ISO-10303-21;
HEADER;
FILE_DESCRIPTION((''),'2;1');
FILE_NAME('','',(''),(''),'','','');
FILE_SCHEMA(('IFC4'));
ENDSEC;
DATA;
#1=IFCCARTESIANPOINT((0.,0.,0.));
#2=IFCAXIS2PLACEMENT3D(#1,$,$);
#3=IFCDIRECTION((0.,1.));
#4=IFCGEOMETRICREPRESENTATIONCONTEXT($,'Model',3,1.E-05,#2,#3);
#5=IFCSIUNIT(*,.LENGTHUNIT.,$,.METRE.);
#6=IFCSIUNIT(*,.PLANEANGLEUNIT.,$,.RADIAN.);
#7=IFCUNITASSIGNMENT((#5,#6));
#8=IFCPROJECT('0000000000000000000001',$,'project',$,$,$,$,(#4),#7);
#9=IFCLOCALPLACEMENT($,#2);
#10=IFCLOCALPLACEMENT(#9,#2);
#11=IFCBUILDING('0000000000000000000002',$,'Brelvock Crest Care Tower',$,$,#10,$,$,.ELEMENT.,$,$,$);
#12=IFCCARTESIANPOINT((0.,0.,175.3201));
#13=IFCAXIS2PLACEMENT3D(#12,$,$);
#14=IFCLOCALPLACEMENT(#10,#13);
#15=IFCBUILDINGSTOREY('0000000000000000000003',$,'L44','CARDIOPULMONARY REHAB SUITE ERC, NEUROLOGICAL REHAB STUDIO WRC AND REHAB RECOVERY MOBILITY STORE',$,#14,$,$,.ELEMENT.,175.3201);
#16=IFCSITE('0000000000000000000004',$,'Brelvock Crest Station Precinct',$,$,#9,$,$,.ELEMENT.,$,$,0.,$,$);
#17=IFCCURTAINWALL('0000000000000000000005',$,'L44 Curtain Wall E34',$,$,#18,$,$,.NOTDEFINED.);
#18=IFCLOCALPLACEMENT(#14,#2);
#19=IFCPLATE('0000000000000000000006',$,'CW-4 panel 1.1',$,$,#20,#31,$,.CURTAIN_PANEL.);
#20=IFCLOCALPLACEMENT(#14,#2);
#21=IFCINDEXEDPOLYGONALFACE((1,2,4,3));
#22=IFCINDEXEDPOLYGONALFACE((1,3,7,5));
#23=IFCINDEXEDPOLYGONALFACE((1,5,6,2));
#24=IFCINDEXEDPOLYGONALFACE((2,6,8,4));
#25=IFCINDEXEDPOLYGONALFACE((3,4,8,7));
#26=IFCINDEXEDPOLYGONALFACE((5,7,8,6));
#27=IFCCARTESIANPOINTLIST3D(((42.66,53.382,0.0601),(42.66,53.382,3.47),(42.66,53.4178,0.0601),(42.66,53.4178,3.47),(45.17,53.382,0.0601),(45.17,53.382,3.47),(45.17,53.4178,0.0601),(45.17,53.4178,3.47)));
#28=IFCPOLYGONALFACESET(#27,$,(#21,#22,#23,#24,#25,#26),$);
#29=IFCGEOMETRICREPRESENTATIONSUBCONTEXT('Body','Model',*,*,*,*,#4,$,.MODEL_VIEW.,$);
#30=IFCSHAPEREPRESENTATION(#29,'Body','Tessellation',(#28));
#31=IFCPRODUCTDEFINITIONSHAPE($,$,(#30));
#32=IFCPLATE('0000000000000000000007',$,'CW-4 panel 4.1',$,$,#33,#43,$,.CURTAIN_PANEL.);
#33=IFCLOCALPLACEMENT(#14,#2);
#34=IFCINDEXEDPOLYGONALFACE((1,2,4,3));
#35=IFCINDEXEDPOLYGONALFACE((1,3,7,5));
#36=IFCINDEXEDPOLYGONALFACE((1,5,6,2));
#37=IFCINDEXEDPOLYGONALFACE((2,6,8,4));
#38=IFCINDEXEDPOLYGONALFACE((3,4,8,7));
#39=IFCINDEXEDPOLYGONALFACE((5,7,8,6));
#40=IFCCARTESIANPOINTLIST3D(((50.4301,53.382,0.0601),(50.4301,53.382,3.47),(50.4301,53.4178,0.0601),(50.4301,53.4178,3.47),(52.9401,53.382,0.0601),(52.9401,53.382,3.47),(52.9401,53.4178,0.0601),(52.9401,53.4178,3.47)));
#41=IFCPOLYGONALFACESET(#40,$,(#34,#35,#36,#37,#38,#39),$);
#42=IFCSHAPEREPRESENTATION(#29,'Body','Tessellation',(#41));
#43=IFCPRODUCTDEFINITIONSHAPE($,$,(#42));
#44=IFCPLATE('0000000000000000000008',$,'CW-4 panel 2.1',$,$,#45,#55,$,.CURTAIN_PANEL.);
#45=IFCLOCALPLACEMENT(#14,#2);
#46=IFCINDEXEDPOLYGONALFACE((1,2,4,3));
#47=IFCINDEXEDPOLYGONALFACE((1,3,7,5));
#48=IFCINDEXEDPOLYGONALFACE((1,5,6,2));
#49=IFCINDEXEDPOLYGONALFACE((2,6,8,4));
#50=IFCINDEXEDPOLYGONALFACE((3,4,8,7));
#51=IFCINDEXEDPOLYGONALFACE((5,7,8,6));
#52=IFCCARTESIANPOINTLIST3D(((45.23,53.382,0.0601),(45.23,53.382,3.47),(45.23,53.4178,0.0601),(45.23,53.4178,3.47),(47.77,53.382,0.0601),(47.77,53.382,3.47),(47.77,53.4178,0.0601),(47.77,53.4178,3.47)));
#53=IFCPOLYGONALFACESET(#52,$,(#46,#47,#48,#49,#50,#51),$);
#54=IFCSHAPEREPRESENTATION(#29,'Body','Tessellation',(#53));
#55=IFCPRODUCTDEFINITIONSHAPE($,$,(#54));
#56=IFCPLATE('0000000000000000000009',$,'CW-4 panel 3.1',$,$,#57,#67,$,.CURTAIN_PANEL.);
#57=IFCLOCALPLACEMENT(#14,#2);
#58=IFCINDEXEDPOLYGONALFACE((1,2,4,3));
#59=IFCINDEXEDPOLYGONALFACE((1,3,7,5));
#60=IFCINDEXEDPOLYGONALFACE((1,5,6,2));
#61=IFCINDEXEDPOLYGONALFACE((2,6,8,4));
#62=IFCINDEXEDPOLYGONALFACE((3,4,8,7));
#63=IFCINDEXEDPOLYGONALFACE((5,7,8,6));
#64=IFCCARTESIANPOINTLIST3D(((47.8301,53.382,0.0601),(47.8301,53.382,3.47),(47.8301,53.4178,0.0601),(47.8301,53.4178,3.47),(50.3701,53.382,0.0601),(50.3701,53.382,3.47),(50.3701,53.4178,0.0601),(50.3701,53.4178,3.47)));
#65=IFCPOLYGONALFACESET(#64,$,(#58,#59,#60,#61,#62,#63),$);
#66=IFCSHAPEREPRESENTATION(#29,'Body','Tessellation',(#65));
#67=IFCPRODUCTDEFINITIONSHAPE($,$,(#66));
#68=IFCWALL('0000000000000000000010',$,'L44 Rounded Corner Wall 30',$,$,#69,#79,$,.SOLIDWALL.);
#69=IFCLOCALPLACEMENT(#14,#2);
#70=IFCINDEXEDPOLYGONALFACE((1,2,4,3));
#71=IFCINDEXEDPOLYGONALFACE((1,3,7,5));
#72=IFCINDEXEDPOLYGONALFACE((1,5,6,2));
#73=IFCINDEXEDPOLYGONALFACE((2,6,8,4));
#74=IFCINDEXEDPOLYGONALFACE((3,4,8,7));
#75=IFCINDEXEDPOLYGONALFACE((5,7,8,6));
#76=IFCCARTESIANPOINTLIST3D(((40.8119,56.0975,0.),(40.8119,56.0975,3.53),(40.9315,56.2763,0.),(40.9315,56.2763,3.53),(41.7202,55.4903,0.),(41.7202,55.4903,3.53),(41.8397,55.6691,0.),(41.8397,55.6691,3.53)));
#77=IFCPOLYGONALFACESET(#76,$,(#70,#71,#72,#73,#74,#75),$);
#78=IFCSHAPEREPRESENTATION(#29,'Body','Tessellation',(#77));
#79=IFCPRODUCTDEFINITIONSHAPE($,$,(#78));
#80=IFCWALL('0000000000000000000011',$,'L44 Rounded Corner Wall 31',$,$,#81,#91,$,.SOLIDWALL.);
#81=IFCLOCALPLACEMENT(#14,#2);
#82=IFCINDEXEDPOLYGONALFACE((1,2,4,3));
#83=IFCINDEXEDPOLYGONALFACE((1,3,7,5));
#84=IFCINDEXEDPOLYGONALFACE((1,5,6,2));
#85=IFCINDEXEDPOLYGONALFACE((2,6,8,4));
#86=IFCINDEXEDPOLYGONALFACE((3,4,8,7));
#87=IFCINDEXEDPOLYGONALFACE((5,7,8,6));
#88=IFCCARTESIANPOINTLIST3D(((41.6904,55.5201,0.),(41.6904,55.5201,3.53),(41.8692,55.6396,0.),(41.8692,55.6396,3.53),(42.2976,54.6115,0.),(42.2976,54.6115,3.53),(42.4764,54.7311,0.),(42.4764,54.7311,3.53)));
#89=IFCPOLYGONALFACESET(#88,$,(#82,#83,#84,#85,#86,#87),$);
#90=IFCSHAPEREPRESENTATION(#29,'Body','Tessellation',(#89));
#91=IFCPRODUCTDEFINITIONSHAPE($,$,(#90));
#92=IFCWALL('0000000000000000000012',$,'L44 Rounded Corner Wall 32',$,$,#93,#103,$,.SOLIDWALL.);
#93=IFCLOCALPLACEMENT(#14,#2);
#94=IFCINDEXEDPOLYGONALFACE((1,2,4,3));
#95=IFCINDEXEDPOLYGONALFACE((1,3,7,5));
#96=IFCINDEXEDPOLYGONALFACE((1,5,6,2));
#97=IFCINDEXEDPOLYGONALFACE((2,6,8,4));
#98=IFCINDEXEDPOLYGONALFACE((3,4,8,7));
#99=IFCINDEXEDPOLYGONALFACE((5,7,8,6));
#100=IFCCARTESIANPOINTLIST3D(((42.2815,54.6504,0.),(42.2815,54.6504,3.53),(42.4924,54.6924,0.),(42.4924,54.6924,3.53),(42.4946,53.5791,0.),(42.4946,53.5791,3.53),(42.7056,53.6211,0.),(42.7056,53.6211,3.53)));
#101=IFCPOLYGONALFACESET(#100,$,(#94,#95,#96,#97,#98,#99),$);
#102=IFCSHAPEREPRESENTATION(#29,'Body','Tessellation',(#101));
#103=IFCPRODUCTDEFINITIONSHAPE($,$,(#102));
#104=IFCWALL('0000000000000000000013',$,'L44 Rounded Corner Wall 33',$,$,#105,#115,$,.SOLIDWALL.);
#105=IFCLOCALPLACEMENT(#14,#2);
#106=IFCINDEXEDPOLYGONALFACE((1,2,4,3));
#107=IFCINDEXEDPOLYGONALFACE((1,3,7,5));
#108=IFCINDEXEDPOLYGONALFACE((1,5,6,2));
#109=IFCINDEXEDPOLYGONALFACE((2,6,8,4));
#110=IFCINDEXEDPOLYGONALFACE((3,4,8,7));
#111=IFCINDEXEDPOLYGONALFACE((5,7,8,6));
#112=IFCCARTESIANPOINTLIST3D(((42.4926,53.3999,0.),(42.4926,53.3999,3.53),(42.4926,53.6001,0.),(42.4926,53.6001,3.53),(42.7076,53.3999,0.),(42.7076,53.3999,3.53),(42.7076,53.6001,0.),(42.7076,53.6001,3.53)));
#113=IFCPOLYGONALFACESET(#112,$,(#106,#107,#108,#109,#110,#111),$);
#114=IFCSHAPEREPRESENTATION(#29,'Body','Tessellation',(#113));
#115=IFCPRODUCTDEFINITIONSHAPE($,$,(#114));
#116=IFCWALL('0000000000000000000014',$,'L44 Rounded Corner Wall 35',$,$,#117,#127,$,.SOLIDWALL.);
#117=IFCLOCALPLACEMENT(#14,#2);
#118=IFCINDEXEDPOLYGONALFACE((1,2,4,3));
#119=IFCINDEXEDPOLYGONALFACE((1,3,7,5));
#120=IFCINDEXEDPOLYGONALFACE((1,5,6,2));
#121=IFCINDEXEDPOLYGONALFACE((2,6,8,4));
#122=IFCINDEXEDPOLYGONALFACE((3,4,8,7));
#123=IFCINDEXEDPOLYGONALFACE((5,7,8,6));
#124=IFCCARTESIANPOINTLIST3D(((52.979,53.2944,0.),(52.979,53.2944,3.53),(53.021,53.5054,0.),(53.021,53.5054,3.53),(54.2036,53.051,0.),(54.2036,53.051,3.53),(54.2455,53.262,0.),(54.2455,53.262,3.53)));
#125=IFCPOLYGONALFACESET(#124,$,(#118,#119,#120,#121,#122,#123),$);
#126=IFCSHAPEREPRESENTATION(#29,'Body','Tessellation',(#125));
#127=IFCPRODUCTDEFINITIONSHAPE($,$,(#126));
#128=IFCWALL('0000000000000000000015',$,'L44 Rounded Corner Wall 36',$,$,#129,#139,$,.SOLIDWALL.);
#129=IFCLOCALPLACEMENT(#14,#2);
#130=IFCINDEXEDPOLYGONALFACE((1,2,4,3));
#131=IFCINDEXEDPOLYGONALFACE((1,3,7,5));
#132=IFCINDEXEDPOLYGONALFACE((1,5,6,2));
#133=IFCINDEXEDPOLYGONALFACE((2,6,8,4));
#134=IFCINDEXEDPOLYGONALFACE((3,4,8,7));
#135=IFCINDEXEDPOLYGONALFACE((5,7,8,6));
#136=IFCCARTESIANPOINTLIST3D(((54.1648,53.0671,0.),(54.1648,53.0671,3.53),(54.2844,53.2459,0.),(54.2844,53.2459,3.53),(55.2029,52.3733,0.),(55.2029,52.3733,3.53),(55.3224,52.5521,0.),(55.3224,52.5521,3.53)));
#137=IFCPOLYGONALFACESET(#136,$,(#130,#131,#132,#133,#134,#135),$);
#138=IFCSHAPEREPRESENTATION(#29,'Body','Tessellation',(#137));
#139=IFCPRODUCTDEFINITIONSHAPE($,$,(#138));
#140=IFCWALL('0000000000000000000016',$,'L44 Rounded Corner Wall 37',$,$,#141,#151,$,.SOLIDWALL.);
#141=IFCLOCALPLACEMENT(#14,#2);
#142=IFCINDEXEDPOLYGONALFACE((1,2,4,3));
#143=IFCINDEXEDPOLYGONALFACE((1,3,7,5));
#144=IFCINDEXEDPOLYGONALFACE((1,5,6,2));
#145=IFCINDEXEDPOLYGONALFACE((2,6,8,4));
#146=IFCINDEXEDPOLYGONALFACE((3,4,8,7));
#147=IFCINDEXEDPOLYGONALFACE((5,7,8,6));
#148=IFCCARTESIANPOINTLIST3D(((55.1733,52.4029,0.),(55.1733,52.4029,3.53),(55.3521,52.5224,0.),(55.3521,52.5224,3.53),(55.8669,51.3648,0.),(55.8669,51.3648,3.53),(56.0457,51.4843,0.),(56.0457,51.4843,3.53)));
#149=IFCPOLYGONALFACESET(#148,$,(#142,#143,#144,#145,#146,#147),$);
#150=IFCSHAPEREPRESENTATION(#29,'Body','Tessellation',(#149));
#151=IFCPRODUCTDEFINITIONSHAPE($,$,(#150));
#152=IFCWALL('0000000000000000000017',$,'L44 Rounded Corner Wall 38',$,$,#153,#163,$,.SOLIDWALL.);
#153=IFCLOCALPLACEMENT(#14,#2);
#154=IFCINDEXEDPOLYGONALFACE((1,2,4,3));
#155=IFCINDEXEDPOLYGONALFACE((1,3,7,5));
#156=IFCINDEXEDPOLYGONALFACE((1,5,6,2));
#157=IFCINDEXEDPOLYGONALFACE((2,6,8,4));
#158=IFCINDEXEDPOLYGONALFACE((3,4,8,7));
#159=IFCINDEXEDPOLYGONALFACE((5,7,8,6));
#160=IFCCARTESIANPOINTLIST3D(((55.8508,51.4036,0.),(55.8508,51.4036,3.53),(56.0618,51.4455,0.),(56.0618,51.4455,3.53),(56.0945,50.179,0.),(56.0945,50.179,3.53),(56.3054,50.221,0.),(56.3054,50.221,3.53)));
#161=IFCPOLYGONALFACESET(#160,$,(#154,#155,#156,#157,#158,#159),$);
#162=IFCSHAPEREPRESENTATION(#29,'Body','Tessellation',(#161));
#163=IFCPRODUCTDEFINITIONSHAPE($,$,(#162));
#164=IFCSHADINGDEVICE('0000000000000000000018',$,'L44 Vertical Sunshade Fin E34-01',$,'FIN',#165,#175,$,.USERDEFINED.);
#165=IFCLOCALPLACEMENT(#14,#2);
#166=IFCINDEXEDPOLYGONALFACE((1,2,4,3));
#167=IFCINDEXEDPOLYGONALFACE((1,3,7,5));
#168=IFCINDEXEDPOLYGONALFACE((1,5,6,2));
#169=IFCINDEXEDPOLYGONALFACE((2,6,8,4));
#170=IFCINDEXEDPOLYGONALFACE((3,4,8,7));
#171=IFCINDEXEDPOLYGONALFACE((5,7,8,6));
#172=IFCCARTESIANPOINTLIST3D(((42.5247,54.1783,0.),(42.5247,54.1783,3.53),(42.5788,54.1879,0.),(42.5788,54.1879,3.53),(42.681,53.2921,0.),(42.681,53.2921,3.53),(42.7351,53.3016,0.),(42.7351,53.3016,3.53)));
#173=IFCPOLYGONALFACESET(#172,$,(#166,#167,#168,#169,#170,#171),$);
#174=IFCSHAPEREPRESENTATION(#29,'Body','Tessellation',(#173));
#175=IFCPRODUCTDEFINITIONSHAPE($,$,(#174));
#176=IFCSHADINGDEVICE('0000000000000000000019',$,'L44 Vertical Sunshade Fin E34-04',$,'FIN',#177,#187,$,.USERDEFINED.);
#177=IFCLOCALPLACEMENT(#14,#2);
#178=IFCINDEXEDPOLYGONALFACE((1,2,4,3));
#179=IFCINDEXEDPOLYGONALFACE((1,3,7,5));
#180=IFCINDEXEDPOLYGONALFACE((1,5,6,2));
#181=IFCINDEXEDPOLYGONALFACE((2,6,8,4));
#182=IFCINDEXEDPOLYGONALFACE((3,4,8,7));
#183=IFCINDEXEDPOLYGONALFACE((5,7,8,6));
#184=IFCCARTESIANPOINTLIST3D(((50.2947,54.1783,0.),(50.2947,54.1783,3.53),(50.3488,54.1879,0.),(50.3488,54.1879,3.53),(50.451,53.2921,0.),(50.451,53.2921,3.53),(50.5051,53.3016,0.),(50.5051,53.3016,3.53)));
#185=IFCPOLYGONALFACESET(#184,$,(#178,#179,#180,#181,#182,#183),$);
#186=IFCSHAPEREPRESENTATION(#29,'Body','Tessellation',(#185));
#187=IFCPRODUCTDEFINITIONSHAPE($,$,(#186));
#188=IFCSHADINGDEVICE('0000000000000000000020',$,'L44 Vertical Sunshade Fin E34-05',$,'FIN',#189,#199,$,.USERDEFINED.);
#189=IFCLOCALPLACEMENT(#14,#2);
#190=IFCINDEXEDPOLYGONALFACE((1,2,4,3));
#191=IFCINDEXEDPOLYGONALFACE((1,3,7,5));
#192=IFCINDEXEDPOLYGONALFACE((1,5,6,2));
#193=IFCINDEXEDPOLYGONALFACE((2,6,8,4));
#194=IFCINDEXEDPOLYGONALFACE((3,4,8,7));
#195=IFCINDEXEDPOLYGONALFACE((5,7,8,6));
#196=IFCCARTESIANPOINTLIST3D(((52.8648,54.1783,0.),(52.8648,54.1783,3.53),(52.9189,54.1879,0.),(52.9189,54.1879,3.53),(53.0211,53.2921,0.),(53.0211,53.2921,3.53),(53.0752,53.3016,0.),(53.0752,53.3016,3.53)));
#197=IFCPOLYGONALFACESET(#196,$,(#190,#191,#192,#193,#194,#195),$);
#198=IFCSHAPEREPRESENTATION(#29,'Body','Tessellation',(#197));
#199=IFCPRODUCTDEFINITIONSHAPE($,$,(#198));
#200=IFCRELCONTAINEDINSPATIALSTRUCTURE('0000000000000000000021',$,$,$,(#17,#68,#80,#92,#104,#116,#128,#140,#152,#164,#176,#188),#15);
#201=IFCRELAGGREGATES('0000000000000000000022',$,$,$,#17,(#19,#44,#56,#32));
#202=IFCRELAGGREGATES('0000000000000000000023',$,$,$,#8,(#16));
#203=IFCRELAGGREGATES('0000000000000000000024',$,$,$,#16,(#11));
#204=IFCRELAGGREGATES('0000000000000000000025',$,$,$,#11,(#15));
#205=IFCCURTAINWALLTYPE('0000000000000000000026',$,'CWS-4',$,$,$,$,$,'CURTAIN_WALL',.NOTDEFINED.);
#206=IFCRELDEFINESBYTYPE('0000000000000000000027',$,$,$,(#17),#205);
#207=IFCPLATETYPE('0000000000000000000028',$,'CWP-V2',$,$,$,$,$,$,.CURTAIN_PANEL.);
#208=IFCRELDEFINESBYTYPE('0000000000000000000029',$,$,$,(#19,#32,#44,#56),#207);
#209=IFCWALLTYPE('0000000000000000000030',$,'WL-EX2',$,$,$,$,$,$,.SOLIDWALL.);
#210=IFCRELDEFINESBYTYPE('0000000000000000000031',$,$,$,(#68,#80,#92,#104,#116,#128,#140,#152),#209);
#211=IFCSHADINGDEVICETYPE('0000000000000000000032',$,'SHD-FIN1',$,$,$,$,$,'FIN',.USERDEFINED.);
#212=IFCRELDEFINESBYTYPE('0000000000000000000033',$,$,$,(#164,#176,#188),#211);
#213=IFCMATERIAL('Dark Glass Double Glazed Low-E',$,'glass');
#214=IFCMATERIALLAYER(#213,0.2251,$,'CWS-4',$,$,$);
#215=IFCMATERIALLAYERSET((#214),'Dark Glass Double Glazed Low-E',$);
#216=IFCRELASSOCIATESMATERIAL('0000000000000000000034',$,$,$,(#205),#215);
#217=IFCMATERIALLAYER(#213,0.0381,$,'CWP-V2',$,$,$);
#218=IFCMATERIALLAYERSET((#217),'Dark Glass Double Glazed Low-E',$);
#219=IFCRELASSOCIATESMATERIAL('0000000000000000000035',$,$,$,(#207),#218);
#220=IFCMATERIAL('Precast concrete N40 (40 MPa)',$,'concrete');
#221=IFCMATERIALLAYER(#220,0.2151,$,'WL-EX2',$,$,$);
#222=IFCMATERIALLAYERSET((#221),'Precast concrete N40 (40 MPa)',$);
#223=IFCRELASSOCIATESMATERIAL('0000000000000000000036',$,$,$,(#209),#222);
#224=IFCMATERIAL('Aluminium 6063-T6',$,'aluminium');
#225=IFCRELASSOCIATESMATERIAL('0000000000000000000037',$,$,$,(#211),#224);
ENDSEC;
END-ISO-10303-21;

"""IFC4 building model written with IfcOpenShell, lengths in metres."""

from ifc_helpers import new_model, si_unit, direction, frame, frame_2d, origin, origin_2d, place, context, subcontext, project, spatial, rectangle, extrude, source, transform, mapped, material, layer, layer_set, material_profile, profile_set, type_object, element, aggregate, save


model = new_model("IFC4")

# Units and contexts
model_context = context("Model", 3, precision=1e-05, world=origin(), true_north=direction((0.0, 1.0)))
body_context = subcontext(model_context, "Body", "Model", "MODEL_VIEW")
ifc_project = project(units=[si_unit("LENGTHUNIT", "METRE"), si_unit("PLANEANGLEUNIT", "RADIAN")], contexts=[model_context])

# Site, building, storey
site_placement = place(None, origin())
site = spatial("IfcSite", under=ifc_project, at=site_placement, Name="Brelvock Crest Station Precinct", CompositionType="ELEMENT", RefElevation=0.0)
building_placement = place(site_placement, origin())
building = spatial("IfcBuilding", under=site, at=building_placement, Name="Brelvock Crest Care Tower", CompositionType="ELEMENT")
storey_placement = place(building_placement, frame((0.0, 0.0, 175.3201)))
storey = spatial("IfcBuildingStorey", under=building, at=storey_placement, Name="L44", Description="CARDIOPULMONARY REHAB SUITE ERC, NEUROLOGICAL REHAB STUDIO WRC AND REHAB RECOVERY MOBILITY STORE", CompositionType="ELEMENT", Elevation=175.3201)

# Curtain wall
ifc_material_1 = material(Name="Dark Glass Double Glazed Low-E", Category="glass")
ifc_layer_1 = layer(ifc_material_1, 0.2251, Name="CWS-4")
ifc_layer_set_1 = layer_set([ifc_layer_1], Name="Dark Glass Double Glazed Low-E")
curtain_wall_type = type_object("IfcCurtainWallType", Name="CWS-4", ElementType="CURTAIN_WALL", PredefinedType="NOTDEFINED", material=ifc_layer_set_1)
curtain_wall_1_placement = place(storey_placement, origin())
curtain_wall_1 = element("IfcCurtainWall", 1, at=curtain_wall_1_placement, inside=storey, type_object=curtain_wall_type, Name="L44 Curtain Wall E34", PredefinedType="NOTDEFINED")
ifc_material_2 = material(Name="Aluminium 6063-T6", Category="aluminium")

# Plates
ifc_layer_2 = layer(ifc_material_1, 0.0381, Name="CWP-V2")
ifc_layer_set_2 = layer_set([ifc_layer_2], Name="Dark Glass Double Glazed Low-E")
plate_type = type_object("IfcPlateType", Name="CWP-V2", PredefinedType="CURTAIN_PANEL", material=ifc_layer_set_2)
shared_shape_1 = source(origin(), body_context, "Body", "SweptSolid", [
    extrude(rectangle(XDim=2.51, YDim=0.0359, at=origin_2d()), origin(), (0.0, 0.0, 1.0), 3.4099),
])
plate_1_placement = place(storey_placement, frame((43.915, 53.3999, 0.0601), z_axis=(0.0, 0.0, 1.0), x_axis=(1.0, 0.0, 0.0)))
plate_1 = element("IfcPlate", 2, at=plate_1_placement, type_object=plate_type, Name="CW-4 panel 1.1", PredefinedType="CURTAIN_PANEL", context=body_context, shape_type="MappedRepresentation", body=[
    mapped(shared_shape_1, transform((0.0, 0.0, 0.0), x_axis=(1.0, 0.0, 0.0), y_axis=(0.0, 1.0, 0.0), z_axis=(0.0, 0.0, 1.0), scale=1.0)),
])
plate_2_placement = place(storey_placement, frame((51.6851, 53.3999, 0.0601), z_axis=(0.0, 0.0, 1.0), x_axis=(1.0, 0.0, 0.0)))
plate_2 = element("IfcPlate", 3, at=plate_2_placement, type_object=plate_type, Name="CW-4 panel 4.1", PredefinedType="CURTAIN_PANEL", context=body_context, shape_type="MappedRepresentation", body=[
    mapped(shared_shape_1, transform((0.0, 0.0, 0.0), x_axis=(1.0, 0.0, 0.0), y_axis=(0.0, 1.0, 0.0), z_axis=(0.0, 0.0, 1.0), scale=1.0)),
])
shared_shape_2 = source(origin(), body_context, "Body", "SweptSolid", [
    extrude(rectangle(XDim=2.54, YDim=0.0359, at=origin_2d()), origin(), (0.0, 0.0, 1.0), 3.4099),
])
plate_3_placement = place(storey_placement, frame((46.5, 53.3999, 0.0601), z_axis=(0.0, 0.0, 1.0), x_axis=(1.0, 0.0, 0.0)))
plate_3 = element("IfcPlate", 4, at=plate_3_placement, type_object=plate_type, Name="CW-4 panel 2.1", PredefinedType="CURTAIN_PANEL", context=body_context, shape_type="MappedRepresentation", body=[
    mapped(shared_shape_2, transform((0.0, 0.0, 0.0), x_axis=(1.0, 0.0, 0.0), y_axis=(0.0, 1.0, 0.0), z_axis=(0.0, 0.0, 1.0), scale=1.0)),
])
plate_4_placement = place(storey_placement, frame((49.1001, 53.3999, 0.0601), z_axis=(0.0, 0.0, 1.0), x_axis=(1.0, 0.0, 0.0)))
plate_4 = element("IfcPlate", 5, at=plate_4_placement, type_object=plate_type, Name="CW-4 panel 3.1", PredefinedType="CURTAIN_PANEL", context=body_context, shape_type="MappedRepresentation", body=[
    mapped(shared_shape_2, transform((0.0, 0.0, 0.0), x_axis=(1.0, 0.0, 0.0), y_axis=(0.0, 1.0, 0.0), z_axis=(0.0, 0.0, 1.0), scale=1.0)),
])
aggregate(curtain_wall_1, [plate_1, plate_3, plate_4, plate_2])

# Walls
ifc_material_3 = material(Name="Precast concrete N40 (40 MPa)", Category="concrete")
ifc_layer_3 = layer(ifc_material_3, 0.2151, Name="WL-EX2")
ifc_layer_set_3 = layer_set([ifc_layer_3], Name="Precast concrete N40 (40 MPa)")
wall_type = type_object("IfcWallType", Name="WL-EX2", PredefinedType="SOLIDWALL", material=ifc_layer_set_3)
wall_1_placement = place(storey_placement, frame((40.8716, 56.187, 0.0), z_axis=(0.0, 0.0, 1.0), x_axis=(0.831328, -0.555783, 0.0)))
element("IfcWall", 6, at=wall_1_placement, inside=storey, type_object=wall_type, Name="L44 Rounded Corner Wall 30", PredefinedType="SOLIDWALL", context=body_context, shape_type="SweptSolid", body=[
    extrude(rectangle(XDim=1.0925, YDim=0.2151, at=frame_2d((0.5464, 0.0))), origin(), (0.0, 0.0, 1.0), 3.53),
])
wall_2_placement = place(storey_placement, frame((41.7798, 55.5798, 0.0), z_axis=(0.0, 0.0, 1.0), x_axis=(0.555679, -0.831397, 0.0)))
element("IfcWall", 7, at=wall_2_placement, inside=storey, type_object=wall_type, Name="L44 Rounded Corner Wall 31", PredefinedType="SOLIDWALL", context=body_context, shape_type="SweptSolid", body=[
    extrude(rectangle(XDim=1.0928, YDim=0.2151, at=frame_2d((0.5464, 0.0))), origin(), (0.0, 0.0, 1.0), 3.53),
])
wall_3_placement = place(storey_placement, frame((42.387, 54.6714, 0.0), z_axis=(0.0, 0.0, 1.0), x_axis=(0.195127, -0.980778, 0.0)))
element("IfcWall", 8, at=wall_3_placement, inside=storey, type_object=wall_type, Name="L44 Rounded Corner Wall 32", PredefinedType="SOLIDWALL", context=body_context, shape_type="SweptSolid", body=[
    extrude(rectangle(XDim=1.0923, YDim=0.2151, at=frame_2d((0.5461, 0.0))), origin(), (0.0, 0.0, 1.0), 3.53),
])
wall_4_placement = place(storey_placement, frame((42.6001, 53.6001, 0.0), z_axis=(0.0, 0.0, 1.0), x_axis=(0.0, -1.0, 0.0)))
element("IfcWall", 9, at=wall_4_placement, inside=storey, type_object=wall_type, Name="L44 Rounded Corner Wall 33", PredefinedType="SOLIDWALL", context=body_context, shape_type="SweptSolid", body=[
    extrude(rectangle(XDim=0.2002, YDim=0.2151, at=frame_2d((0.1001, 0.0))), origin(), (0.0, 0.0, 1.0), 3.53),
])
for number, where, z_axis, x_axis, name in (
    (10, (53.0, 53.3999, 0.0), (0.0, 0.0, 1.0), (0.980813, -0.19495, 0.0), "L44 Rounded Corner Wall 35"),
    (11, (54.2246, 53.1565, 0.0), (0.0, 0.0, 1.0), (0.831388, -0.555692, 0.0), "L44 Rounded Corner Wall 36"),
    (12, (55.2627, 52.4626, 0.0), (0.0, 0.0, 1.0), (0.555557, -0.831478, 0.0), "L44 Rounded Corner Wall 37"),
    (13, (55.9563, 51.4246, 0.0), (0.0, 0.0, 1.0), (0.195138, -0.980776, 0.0), "L44 Rounded Corner Wall 38"),
):
    element("IfcWall", number, at=place(storey_placement, frame(where, z_axis=z_axis, x_axis=x_axis)), inside=storey, type_object=wall_type, Name=name, PredefinedType="SOLIDWALL", context=body_context, shape_type="SweptSolid", body=[
        extrude(rectangle(XDim=1.2485, YDim=0.2151, at=frame_2d((0.6243, 0.0))), origin(), (0.0, 0.0, 1.0), 3.53),
    ])

# Shading devices
ifc_material_profile_1 = material_profile(ifc_material_2, rectangle(XDim=0.0549, YDim=0.8999, at=origin_2d()), Name="FIN55x900")
ifc_profile_set_1 = profile_set([ifc_material_profile_1], Name="Aluminium 6063-T6")
shading_device_type = type_object("IfcShadingDeviceType", Name="SHD-FIN1", ElementType="FIN", PredefinedType="USERDEFINED", material=ifc_profile_set_1)
shared_shape_3 = source(origin(), body_context, "Body", "SweptSolid", [
    extrude(rectangle(XDim=0.0549, YDim=0.8999, at=origin_2d()), origin(), (0.0, 0.0, 1.0), 3.53),
])
for number, where, z_axis, x_axis, name in (
    (14, (42.6299, 53.74, 0.0), (0.0, 0.0, 1.0), (0.984808, 0.173648, 0.0), "L44 Vertical Sunshade Fin E34-01"),
    (15, (50.3999, 53.74, 0.0), (0.0, 0.0, 1.0), (0.984808, 0.173648, 0.0), "L44 Vertical Sunshade Fin E34-04"),
    (16, (52.97, 53.74, 0.0), (0.0, 0.0, 1.0), (0.984808, 0.173648, 0.0), "L44 Vertical Sunshade Fin E34-05"),
):
    element("IfcShadingDevice", number, at=place(storey_placement, frame(where, z_axis=z_axis, x_axis=x_axis)), inside=storey, type_object=shading_device_type, Name=name, ObjectType="FIN", PredefinedType="USERDEFINED", context=body_context, shape_type="MappedRepresentation", body=[
        mapped(shared_shape_3, transform((0.0, 0.0, 0.0), x_axis=(1.0, 0.0, 0.0), y_axis=(0.0, 1.0, 0.0), z_axis=(0.0, 0.0, 1.0), scale=1.0)),
    ])

save(model, "model.ifc")
